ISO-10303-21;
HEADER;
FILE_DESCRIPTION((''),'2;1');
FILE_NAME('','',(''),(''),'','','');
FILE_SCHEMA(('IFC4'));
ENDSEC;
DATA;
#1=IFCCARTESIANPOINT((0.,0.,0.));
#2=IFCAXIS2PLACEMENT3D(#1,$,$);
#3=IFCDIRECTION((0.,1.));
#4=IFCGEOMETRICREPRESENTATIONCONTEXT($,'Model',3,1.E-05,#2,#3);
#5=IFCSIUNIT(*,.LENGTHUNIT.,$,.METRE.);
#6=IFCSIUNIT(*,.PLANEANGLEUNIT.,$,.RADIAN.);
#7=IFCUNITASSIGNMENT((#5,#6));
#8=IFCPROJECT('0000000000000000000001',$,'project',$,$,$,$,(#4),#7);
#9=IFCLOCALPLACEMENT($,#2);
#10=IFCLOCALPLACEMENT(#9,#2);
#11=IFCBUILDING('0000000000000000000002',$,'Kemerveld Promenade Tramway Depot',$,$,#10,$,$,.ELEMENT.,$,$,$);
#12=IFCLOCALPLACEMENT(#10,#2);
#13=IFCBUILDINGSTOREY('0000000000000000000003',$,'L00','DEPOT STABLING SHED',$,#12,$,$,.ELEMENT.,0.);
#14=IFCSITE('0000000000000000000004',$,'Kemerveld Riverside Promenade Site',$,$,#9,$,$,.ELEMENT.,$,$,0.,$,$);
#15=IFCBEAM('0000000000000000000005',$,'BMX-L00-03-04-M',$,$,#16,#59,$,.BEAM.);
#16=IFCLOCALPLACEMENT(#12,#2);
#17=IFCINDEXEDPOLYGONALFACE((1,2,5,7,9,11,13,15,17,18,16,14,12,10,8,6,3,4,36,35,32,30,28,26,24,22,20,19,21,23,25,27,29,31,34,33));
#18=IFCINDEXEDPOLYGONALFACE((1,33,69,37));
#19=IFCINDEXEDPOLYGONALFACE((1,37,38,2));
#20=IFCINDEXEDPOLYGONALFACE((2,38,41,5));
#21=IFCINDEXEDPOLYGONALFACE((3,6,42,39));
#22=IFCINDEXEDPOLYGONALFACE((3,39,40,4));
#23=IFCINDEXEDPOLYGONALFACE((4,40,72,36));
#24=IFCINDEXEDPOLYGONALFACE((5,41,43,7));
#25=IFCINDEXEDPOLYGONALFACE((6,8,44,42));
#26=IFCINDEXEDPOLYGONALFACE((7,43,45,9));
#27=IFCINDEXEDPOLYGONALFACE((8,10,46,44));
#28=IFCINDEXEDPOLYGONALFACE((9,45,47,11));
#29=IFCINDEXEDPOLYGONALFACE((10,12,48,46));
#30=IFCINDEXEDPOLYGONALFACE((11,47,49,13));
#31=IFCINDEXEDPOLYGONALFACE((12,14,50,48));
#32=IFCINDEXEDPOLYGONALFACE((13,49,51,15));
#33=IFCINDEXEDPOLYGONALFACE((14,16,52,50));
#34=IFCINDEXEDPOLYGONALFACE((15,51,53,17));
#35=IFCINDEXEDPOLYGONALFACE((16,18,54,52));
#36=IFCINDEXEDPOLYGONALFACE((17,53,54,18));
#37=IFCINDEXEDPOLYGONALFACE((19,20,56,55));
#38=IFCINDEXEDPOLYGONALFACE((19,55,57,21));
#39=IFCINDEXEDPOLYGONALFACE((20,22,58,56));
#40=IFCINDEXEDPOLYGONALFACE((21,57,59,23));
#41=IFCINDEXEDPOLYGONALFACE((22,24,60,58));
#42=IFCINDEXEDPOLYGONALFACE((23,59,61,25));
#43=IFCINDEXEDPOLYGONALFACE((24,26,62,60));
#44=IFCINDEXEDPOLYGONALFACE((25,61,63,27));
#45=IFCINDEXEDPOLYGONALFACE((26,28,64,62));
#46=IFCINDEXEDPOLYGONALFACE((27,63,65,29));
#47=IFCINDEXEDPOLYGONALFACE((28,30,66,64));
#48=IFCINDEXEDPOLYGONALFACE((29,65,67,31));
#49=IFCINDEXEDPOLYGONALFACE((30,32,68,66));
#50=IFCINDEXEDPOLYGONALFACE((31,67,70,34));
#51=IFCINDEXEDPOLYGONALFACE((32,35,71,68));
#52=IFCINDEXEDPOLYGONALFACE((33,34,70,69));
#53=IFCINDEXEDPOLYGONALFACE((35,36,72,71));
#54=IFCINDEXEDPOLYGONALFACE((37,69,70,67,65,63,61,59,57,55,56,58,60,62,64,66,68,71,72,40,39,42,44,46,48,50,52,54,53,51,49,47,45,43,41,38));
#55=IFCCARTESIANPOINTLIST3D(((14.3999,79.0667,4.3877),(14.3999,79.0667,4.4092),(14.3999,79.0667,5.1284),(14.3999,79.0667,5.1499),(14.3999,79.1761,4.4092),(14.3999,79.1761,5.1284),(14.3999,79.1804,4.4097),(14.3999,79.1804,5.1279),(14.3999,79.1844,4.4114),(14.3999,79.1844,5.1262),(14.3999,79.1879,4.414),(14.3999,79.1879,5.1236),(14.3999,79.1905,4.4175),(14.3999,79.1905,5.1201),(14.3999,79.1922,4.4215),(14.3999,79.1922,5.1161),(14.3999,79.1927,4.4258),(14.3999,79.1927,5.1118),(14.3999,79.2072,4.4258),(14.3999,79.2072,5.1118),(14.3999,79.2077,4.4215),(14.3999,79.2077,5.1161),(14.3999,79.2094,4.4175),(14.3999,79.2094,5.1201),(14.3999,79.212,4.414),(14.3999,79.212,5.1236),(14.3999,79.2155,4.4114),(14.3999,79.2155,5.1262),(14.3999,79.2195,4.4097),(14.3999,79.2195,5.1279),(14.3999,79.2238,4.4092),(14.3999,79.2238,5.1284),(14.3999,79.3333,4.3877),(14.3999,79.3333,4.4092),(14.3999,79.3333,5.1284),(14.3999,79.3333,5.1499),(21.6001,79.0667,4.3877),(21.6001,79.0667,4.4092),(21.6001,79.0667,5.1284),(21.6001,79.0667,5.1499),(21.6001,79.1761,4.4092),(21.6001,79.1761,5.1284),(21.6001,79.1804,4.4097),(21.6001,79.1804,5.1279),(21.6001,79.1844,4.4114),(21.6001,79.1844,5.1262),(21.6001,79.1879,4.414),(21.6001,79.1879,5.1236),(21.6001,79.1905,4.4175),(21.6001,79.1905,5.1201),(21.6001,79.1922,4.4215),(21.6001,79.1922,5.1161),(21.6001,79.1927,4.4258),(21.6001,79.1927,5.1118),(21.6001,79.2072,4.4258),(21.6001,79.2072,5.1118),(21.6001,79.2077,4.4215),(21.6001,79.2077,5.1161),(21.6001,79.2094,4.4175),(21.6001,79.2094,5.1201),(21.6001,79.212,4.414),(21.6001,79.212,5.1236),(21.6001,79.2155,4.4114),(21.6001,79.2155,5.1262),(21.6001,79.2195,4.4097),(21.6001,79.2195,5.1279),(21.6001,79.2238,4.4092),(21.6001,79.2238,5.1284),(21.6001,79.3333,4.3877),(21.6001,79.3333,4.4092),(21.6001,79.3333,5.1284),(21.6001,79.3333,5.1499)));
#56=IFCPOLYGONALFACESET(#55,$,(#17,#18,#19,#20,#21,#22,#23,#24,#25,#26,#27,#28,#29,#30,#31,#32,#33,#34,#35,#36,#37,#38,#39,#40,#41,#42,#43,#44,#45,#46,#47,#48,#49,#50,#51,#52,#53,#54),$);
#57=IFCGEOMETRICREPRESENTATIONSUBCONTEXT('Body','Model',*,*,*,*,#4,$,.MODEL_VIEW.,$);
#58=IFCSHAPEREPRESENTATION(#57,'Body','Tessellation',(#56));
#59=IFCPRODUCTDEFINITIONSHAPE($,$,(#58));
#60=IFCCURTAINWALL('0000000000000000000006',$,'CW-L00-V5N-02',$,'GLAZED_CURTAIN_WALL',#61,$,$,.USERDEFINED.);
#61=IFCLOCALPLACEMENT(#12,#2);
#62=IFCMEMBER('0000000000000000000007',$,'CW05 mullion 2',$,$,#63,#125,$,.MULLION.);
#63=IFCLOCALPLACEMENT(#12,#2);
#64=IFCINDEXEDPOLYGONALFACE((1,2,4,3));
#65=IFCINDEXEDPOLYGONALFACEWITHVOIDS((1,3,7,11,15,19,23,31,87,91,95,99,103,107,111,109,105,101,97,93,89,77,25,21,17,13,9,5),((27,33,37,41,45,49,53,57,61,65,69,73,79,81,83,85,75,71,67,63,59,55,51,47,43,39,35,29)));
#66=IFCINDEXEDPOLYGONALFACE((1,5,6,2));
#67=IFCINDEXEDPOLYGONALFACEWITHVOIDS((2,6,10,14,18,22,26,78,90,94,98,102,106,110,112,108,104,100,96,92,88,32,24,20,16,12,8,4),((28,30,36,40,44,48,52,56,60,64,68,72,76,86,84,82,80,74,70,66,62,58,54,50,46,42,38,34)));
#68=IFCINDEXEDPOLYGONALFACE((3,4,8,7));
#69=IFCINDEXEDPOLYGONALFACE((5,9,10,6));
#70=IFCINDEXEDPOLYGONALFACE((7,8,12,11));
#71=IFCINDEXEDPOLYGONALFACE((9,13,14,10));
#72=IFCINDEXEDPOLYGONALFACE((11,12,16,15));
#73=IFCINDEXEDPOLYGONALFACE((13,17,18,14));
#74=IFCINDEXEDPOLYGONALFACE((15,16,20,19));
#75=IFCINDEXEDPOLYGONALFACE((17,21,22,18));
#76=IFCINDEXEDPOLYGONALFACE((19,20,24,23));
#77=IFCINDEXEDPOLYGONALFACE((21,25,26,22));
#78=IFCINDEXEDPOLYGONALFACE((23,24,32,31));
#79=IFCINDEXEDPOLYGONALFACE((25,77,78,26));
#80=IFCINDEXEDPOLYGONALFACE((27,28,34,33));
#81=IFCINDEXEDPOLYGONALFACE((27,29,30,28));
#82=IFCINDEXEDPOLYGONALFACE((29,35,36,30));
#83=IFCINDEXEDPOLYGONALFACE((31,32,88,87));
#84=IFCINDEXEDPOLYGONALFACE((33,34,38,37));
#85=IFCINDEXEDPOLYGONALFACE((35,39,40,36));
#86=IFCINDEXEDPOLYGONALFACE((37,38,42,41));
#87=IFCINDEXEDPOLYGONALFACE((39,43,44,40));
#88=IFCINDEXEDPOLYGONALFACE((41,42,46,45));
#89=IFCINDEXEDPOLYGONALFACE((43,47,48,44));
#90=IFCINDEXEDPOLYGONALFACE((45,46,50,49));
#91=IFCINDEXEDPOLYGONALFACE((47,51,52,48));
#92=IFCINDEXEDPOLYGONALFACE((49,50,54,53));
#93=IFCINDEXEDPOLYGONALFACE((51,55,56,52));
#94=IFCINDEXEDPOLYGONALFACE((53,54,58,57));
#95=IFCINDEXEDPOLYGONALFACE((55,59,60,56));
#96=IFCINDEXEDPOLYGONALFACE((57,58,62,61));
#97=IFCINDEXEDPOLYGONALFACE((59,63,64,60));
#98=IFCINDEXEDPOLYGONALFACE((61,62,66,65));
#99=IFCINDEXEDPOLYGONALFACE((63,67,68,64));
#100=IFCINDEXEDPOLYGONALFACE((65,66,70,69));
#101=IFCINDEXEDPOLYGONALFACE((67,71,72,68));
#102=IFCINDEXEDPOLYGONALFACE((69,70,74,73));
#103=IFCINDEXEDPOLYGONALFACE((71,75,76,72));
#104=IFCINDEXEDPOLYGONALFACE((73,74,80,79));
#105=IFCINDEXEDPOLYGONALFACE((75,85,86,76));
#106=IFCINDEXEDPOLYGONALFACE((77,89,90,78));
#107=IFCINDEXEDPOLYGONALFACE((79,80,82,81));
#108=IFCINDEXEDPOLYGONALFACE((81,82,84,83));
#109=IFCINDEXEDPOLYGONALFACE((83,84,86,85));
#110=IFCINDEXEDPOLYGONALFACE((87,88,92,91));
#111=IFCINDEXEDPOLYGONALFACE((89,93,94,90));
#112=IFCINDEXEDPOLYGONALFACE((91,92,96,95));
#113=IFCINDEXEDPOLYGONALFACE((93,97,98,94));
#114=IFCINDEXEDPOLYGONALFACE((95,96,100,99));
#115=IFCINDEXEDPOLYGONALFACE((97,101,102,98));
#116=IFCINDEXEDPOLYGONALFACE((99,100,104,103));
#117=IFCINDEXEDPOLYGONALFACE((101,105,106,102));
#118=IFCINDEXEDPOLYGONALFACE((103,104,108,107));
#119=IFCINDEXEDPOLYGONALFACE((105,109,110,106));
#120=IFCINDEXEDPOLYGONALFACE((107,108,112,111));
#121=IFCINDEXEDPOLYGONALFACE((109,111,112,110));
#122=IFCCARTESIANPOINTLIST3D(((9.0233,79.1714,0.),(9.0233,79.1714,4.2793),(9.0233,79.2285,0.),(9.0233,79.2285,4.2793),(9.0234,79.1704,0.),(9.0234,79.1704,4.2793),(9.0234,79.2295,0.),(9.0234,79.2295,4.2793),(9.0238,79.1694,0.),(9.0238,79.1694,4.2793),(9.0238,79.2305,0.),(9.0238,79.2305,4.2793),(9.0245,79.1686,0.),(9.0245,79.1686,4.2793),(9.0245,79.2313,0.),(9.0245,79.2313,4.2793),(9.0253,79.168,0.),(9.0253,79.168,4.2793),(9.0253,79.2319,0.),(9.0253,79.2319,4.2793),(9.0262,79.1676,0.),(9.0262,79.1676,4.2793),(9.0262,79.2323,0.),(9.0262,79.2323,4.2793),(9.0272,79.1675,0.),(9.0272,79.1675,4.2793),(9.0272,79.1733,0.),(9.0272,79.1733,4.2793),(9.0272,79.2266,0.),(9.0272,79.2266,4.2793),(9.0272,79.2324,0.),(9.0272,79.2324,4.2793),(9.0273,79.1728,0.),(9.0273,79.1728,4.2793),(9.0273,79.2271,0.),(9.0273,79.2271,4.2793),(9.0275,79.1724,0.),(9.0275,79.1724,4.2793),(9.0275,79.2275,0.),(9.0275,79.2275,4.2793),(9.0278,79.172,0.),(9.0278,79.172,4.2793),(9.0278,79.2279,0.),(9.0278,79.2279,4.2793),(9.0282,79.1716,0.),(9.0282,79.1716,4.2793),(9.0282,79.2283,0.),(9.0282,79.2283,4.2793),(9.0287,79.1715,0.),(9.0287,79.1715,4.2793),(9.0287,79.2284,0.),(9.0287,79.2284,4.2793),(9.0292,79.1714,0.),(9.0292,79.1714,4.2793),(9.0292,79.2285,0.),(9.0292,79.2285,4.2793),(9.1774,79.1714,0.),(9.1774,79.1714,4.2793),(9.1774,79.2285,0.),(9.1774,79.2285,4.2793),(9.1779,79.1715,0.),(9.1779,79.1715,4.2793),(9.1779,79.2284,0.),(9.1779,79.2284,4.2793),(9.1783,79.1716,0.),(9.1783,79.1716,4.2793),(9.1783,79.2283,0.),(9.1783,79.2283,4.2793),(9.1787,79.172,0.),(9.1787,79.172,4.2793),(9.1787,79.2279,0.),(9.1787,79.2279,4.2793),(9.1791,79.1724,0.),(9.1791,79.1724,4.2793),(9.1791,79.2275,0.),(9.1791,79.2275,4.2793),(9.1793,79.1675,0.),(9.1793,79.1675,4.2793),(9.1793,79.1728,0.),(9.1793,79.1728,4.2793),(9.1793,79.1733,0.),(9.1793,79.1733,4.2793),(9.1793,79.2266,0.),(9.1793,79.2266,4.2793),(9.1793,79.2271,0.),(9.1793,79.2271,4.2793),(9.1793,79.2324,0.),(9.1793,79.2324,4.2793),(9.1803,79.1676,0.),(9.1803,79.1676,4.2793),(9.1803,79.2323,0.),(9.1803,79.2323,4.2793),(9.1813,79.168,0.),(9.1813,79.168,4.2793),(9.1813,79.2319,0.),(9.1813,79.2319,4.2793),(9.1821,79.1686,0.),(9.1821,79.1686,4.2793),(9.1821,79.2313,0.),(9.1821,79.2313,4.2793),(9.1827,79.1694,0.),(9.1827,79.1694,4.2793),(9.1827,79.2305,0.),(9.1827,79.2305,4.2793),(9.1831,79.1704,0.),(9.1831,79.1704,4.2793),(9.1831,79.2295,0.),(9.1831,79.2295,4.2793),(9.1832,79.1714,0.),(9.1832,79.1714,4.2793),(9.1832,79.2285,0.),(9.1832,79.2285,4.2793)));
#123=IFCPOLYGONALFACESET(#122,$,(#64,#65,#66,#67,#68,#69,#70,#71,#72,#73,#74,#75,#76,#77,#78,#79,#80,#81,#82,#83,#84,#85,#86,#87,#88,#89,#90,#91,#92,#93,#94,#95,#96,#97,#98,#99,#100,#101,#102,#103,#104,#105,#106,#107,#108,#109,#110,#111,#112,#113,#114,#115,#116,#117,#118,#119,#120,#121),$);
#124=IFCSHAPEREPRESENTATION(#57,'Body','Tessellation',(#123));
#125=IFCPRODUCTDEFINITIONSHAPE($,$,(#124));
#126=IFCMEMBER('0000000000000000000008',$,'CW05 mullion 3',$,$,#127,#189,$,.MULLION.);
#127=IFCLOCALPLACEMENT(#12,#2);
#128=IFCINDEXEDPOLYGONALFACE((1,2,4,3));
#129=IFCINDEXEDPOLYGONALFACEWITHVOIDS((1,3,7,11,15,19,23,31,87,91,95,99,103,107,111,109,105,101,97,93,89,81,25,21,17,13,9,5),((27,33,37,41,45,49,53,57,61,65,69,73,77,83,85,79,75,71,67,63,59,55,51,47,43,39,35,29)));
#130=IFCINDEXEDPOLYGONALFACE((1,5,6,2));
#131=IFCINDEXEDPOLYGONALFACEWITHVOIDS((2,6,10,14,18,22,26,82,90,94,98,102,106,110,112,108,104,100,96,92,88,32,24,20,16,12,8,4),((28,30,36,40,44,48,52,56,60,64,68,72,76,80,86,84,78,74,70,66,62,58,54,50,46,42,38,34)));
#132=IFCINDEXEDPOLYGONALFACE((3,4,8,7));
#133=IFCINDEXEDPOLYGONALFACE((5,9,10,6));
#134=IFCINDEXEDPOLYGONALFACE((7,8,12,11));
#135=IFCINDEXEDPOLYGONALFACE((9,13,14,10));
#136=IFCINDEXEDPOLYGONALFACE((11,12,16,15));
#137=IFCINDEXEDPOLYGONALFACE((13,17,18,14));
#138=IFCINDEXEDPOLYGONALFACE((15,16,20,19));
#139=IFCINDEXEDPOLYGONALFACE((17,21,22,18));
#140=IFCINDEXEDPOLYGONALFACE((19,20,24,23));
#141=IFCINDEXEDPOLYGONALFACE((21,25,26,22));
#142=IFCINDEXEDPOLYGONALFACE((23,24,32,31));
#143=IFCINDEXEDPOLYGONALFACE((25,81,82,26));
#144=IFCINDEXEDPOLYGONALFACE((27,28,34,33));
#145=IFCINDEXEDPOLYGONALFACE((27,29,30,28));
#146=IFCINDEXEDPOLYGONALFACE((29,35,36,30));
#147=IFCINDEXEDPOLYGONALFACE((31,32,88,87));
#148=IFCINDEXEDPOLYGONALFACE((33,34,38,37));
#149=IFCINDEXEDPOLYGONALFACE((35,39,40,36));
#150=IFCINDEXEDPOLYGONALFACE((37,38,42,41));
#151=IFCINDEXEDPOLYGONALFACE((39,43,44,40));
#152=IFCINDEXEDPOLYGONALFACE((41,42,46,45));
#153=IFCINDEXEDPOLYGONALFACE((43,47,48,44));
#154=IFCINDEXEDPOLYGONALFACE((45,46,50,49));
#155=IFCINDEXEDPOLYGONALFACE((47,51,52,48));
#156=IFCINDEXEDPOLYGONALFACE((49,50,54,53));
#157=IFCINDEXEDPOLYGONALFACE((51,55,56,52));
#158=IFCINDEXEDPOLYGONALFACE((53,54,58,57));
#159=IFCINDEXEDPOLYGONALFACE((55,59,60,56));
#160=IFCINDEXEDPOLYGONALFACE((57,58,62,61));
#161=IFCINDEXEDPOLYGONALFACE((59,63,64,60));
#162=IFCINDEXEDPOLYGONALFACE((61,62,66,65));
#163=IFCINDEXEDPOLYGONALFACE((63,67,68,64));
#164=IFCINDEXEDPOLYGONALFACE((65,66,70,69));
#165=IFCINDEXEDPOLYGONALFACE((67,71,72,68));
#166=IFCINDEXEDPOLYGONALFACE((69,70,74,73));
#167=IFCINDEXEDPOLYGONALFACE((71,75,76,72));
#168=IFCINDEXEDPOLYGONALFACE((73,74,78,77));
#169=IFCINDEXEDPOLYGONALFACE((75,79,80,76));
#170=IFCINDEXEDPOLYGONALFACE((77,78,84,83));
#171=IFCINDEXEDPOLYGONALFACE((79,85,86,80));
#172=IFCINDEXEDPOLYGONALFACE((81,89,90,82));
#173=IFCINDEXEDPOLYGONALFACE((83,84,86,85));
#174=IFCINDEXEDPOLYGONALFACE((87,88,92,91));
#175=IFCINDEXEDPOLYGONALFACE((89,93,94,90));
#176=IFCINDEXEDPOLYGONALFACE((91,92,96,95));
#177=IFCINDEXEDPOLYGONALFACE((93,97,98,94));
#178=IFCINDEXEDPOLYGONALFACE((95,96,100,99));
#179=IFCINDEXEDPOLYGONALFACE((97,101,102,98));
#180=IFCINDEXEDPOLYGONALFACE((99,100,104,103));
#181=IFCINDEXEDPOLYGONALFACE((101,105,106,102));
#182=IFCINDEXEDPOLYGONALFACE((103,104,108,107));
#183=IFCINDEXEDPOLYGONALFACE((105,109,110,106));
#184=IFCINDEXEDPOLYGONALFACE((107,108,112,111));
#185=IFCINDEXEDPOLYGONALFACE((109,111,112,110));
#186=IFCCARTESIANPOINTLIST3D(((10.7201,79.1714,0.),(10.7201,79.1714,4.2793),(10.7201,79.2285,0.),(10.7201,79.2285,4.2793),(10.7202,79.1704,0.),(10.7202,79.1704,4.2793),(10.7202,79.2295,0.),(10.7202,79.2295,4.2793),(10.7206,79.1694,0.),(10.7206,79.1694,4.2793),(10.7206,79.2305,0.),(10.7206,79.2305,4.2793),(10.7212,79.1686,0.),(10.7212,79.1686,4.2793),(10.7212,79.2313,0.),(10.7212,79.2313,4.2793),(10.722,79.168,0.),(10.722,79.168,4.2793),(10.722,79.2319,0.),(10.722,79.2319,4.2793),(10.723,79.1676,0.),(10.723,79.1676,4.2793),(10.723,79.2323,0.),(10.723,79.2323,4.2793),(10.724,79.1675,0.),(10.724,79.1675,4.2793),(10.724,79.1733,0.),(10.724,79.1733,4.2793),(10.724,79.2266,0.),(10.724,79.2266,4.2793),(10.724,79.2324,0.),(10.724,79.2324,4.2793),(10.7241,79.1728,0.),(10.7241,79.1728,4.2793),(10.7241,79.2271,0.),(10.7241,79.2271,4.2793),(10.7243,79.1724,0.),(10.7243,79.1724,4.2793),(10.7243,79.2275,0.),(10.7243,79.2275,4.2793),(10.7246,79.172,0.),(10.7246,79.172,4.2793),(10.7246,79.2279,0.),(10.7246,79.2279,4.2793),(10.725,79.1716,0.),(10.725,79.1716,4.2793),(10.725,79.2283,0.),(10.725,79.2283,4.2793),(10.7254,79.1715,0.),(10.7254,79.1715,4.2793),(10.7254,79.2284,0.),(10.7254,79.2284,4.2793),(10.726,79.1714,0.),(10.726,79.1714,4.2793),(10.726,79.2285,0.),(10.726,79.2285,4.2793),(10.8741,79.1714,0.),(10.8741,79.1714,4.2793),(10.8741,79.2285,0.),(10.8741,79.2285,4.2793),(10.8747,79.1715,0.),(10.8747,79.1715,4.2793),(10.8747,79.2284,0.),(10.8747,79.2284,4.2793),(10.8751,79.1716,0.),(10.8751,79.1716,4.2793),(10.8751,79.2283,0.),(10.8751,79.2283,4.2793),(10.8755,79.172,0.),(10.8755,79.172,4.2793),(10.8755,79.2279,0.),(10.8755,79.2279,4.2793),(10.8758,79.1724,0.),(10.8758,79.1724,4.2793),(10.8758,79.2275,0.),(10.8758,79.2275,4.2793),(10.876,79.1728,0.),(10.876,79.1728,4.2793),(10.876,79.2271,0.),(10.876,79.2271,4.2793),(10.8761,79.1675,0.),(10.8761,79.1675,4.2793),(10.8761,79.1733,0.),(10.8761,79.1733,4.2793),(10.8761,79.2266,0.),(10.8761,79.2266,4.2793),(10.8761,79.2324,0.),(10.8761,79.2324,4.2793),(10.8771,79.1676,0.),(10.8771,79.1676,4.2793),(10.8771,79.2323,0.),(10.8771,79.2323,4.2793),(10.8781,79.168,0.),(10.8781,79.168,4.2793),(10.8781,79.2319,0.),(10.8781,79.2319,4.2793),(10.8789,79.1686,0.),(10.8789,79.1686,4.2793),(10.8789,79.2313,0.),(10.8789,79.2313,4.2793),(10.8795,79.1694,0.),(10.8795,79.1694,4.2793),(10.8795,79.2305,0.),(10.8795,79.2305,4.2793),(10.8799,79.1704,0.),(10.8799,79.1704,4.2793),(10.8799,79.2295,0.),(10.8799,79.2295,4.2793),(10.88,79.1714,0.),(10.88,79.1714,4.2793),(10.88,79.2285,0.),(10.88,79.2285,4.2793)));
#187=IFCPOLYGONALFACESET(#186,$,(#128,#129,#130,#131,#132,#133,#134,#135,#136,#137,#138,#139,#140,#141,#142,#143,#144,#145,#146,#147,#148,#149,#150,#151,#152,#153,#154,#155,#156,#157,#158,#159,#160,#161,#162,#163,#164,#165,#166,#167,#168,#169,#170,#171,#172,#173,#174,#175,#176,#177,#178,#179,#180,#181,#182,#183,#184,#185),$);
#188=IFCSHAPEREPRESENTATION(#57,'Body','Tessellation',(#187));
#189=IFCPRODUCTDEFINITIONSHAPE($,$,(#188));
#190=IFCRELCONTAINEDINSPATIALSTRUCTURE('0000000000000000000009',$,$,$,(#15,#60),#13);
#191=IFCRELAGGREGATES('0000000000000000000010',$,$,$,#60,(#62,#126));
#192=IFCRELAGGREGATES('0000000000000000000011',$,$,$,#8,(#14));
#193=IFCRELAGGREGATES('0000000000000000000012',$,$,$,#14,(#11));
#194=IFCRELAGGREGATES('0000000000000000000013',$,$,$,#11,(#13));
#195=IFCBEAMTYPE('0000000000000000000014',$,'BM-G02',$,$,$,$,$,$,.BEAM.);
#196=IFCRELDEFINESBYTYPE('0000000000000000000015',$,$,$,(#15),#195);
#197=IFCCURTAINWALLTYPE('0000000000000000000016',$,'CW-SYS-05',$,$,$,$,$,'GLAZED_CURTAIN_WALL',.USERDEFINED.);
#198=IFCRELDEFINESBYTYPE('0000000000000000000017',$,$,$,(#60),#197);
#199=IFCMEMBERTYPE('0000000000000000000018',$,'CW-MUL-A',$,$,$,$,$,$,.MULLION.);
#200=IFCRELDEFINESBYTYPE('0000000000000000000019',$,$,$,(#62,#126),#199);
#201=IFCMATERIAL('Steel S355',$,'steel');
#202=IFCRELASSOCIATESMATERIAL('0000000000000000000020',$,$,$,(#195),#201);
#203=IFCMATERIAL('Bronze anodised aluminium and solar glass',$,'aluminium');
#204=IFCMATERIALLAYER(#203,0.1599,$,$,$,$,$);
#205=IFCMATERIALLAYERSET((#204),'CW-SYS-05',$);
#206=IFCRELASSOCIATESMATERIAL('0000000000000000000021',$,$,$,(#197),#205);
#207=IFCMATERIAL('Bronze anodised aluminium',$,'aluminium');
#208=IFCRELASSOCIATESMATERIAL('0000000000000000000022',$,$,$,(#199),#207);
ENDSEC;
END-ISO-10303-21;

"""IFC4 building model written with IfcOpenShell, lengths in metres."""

from ifc_helpers import new_model, si_unit, direction, frame, origin, origin_2d, place, context, subcontext, project, spatial, hollow_rectangle, i_section, extrude, material, layer, layer_set, material_profile, profile_set, type_object, element, aggregate, save


model = new_model("IFC4")

# Units and contexts
model_context = context("Model", 3, precision=1e-05, world=origin(), true_north=direction((0.0, 1.0)))
body_context = subcontext(model_context, "Body", "Model", "MODEL_VIEW")
ifc_project = project(units=[si_unit("LENGTHUNIT", "METRE"), si_unit("PLANEANGLEUNIT", "RADIAN")], contexts=[model_context])

# Site, building, storey
site_placement = place(None, origin())
site = spatial("IfcSite", under=ifc_project, at=site_placement, Name="Kemerveld Riverside Promenade Site", CompositionType="ELEMENT", RefElevation=0.0)
building_placement = place(site_placement, origin())
building = spatial("IfcBuilding", under=site, at=building_placement, Name="Kemerveld Promenade Tramway Depot", CompositionType="ELEMENT")
storey_placement = place(building_placement, origin())
storey = spatial("IfcBuildingStorey", under=building, at=storey_placement, Name="L00", Description="DEPOT STABLING SHED", CompositionType="ELEMENT", Elevation=0.0)

# Shared definitions
ifc_material_1 = material(Name="Steel S355", Category="steel")

# Beam
ifc_material_profile_1 = material_profile(ifc_material_1, i_section(OverallWidth=0.2666, OverallDepth=0.7622, WebThickness=0.0144, FlangeThickness=0.0215, FilletRadius=0.0166, at=origin_2d()), Name="762x267x173 UB")
ifc_profile_set_1 = profile_set([ifc_material_profile_1], Name="Steel S355")
beam_type = type_object("IfcBeamType", Name="BM-G02", PredefinedType="BEAM", material=ifc_profile_set_1)
beam_placement = place(storey_placement, frame((14.3999, 79.2, 4.7688), z_axis=(1.0, 0.0, 0.0), x_axis=(0.0, 1.0, 0.0)))
element("IfcBeam", 1, at=beam_placement, inside=storey, type_object=beam_type, Name="BMX-L00-03-04-M", PredefinedType="BEAM", context=body_context, shape_type="SweptSolid", body=[
    extrude(i_section(OverallWidth=0.2666, OverallDepth=0.7622, WebThickness=0.0144, FlangeThickness=0.0215, FilletRadius=0.0166, at=origin_2d()), origin(), (0.0, 0.0, 1.0), 7.2002),
])

# Curtain wall, members
ifc_material_2 = material(Name="Bronze anodised aluminium and solar glass", Category="aluminium")
ifc_layer_1 = layer(ifc_material_2, 0.1599)
ifc_layer_set_1 = layer_set([ifc_layer_1], Name="CW-SYS-05")
curtain_wall_type = type_object("IfcCurtainWallType", Name="CW-SYS-05", ElementType="GLAZED_CURTAIN_WALL", PredefinedType="USERDEFINED", material=ifc_layer_set_1)
curtain_wall_placement = place(storey_placement, origin())
curtain_wall = element("IfcCurtainWall", 2, at=curtain_wall_placement, inside=storey, type_object=curtain_wall_type, Name="CW-L00-V5N-02", ObjectType="GLAZED_CURTAIN_WALL", PredefinedType="USERDEFINED")
ifc_material_3 = material(Name="Bronze anodised aluminium", Category="aluminium")
ifc_material_profile_2 = material_profile(ifc_material_3, hollow_rectangle(XDim=0.0649, YDim=0.1599, WallThickness=0.0039, InnerFilletRadius=0.002, OuterFilletRadius=0.0039, at=origin_2d()), Name="CW-MUL-160x65")
ifc_profile_set_2 = profile_set([ifc_material_profile_2], Name="Bronze anodised aluminium")
member_type_1 = type_object("IfcMemberType", Name="CW-MUL-A", PredefinedType="MULLION", material=ifc_profile_set_2)
member_1_placement = place(storey_placement, frame((9.1033, 79.2, 0.0), z_axis=(0.0, 0.0, 1.0), x_axis=(0.0, 1.0, 0.0)))
member_1 = element("IfcMember", 3, at=member_1_placement, type_object=member_type_1, Name="CW05 mullion 2", PredefinedType="MULLION", context=body_context, shape_type="SweptSolid", body=[
    extrude(hollow_rectangle(XDim=0.0649, YDim=0.1599, WallThickness=0.0039, InnerFilletRadius=0.002, OuterFilletRadius=0.0039, at=origin_2d()), origin(), (0.0, 0.0, 1.0), 4.2793),
])
member_2_placement = place(storey_placement, frame((10.8, 79.2, 0.0), z_axis=(0.0, 0.0, 1.0), x_axis=(0.0, 1.0, 0.0)))
member_2 = element("IfcMember", 4, at=member_2_placement, type_object=member_type_1, Name="CW05 mullion 3", PredefinedType="MULLION", context=body_context, shape_type="SweptSolid", body=[
    extrude(hollow_rectangle(XDim=0.0649, YDim=0.1599, WallThickness=0.0039, InnerFilletRadius=0.002, OuterFilletRadius=0.0039, at=origin_2d()), origin(), (0.0, 0.0, 1.0), 4.2793),
])
aggregate(curtain_wall, [member_1, member_2])

save(model, "model.ifc")
